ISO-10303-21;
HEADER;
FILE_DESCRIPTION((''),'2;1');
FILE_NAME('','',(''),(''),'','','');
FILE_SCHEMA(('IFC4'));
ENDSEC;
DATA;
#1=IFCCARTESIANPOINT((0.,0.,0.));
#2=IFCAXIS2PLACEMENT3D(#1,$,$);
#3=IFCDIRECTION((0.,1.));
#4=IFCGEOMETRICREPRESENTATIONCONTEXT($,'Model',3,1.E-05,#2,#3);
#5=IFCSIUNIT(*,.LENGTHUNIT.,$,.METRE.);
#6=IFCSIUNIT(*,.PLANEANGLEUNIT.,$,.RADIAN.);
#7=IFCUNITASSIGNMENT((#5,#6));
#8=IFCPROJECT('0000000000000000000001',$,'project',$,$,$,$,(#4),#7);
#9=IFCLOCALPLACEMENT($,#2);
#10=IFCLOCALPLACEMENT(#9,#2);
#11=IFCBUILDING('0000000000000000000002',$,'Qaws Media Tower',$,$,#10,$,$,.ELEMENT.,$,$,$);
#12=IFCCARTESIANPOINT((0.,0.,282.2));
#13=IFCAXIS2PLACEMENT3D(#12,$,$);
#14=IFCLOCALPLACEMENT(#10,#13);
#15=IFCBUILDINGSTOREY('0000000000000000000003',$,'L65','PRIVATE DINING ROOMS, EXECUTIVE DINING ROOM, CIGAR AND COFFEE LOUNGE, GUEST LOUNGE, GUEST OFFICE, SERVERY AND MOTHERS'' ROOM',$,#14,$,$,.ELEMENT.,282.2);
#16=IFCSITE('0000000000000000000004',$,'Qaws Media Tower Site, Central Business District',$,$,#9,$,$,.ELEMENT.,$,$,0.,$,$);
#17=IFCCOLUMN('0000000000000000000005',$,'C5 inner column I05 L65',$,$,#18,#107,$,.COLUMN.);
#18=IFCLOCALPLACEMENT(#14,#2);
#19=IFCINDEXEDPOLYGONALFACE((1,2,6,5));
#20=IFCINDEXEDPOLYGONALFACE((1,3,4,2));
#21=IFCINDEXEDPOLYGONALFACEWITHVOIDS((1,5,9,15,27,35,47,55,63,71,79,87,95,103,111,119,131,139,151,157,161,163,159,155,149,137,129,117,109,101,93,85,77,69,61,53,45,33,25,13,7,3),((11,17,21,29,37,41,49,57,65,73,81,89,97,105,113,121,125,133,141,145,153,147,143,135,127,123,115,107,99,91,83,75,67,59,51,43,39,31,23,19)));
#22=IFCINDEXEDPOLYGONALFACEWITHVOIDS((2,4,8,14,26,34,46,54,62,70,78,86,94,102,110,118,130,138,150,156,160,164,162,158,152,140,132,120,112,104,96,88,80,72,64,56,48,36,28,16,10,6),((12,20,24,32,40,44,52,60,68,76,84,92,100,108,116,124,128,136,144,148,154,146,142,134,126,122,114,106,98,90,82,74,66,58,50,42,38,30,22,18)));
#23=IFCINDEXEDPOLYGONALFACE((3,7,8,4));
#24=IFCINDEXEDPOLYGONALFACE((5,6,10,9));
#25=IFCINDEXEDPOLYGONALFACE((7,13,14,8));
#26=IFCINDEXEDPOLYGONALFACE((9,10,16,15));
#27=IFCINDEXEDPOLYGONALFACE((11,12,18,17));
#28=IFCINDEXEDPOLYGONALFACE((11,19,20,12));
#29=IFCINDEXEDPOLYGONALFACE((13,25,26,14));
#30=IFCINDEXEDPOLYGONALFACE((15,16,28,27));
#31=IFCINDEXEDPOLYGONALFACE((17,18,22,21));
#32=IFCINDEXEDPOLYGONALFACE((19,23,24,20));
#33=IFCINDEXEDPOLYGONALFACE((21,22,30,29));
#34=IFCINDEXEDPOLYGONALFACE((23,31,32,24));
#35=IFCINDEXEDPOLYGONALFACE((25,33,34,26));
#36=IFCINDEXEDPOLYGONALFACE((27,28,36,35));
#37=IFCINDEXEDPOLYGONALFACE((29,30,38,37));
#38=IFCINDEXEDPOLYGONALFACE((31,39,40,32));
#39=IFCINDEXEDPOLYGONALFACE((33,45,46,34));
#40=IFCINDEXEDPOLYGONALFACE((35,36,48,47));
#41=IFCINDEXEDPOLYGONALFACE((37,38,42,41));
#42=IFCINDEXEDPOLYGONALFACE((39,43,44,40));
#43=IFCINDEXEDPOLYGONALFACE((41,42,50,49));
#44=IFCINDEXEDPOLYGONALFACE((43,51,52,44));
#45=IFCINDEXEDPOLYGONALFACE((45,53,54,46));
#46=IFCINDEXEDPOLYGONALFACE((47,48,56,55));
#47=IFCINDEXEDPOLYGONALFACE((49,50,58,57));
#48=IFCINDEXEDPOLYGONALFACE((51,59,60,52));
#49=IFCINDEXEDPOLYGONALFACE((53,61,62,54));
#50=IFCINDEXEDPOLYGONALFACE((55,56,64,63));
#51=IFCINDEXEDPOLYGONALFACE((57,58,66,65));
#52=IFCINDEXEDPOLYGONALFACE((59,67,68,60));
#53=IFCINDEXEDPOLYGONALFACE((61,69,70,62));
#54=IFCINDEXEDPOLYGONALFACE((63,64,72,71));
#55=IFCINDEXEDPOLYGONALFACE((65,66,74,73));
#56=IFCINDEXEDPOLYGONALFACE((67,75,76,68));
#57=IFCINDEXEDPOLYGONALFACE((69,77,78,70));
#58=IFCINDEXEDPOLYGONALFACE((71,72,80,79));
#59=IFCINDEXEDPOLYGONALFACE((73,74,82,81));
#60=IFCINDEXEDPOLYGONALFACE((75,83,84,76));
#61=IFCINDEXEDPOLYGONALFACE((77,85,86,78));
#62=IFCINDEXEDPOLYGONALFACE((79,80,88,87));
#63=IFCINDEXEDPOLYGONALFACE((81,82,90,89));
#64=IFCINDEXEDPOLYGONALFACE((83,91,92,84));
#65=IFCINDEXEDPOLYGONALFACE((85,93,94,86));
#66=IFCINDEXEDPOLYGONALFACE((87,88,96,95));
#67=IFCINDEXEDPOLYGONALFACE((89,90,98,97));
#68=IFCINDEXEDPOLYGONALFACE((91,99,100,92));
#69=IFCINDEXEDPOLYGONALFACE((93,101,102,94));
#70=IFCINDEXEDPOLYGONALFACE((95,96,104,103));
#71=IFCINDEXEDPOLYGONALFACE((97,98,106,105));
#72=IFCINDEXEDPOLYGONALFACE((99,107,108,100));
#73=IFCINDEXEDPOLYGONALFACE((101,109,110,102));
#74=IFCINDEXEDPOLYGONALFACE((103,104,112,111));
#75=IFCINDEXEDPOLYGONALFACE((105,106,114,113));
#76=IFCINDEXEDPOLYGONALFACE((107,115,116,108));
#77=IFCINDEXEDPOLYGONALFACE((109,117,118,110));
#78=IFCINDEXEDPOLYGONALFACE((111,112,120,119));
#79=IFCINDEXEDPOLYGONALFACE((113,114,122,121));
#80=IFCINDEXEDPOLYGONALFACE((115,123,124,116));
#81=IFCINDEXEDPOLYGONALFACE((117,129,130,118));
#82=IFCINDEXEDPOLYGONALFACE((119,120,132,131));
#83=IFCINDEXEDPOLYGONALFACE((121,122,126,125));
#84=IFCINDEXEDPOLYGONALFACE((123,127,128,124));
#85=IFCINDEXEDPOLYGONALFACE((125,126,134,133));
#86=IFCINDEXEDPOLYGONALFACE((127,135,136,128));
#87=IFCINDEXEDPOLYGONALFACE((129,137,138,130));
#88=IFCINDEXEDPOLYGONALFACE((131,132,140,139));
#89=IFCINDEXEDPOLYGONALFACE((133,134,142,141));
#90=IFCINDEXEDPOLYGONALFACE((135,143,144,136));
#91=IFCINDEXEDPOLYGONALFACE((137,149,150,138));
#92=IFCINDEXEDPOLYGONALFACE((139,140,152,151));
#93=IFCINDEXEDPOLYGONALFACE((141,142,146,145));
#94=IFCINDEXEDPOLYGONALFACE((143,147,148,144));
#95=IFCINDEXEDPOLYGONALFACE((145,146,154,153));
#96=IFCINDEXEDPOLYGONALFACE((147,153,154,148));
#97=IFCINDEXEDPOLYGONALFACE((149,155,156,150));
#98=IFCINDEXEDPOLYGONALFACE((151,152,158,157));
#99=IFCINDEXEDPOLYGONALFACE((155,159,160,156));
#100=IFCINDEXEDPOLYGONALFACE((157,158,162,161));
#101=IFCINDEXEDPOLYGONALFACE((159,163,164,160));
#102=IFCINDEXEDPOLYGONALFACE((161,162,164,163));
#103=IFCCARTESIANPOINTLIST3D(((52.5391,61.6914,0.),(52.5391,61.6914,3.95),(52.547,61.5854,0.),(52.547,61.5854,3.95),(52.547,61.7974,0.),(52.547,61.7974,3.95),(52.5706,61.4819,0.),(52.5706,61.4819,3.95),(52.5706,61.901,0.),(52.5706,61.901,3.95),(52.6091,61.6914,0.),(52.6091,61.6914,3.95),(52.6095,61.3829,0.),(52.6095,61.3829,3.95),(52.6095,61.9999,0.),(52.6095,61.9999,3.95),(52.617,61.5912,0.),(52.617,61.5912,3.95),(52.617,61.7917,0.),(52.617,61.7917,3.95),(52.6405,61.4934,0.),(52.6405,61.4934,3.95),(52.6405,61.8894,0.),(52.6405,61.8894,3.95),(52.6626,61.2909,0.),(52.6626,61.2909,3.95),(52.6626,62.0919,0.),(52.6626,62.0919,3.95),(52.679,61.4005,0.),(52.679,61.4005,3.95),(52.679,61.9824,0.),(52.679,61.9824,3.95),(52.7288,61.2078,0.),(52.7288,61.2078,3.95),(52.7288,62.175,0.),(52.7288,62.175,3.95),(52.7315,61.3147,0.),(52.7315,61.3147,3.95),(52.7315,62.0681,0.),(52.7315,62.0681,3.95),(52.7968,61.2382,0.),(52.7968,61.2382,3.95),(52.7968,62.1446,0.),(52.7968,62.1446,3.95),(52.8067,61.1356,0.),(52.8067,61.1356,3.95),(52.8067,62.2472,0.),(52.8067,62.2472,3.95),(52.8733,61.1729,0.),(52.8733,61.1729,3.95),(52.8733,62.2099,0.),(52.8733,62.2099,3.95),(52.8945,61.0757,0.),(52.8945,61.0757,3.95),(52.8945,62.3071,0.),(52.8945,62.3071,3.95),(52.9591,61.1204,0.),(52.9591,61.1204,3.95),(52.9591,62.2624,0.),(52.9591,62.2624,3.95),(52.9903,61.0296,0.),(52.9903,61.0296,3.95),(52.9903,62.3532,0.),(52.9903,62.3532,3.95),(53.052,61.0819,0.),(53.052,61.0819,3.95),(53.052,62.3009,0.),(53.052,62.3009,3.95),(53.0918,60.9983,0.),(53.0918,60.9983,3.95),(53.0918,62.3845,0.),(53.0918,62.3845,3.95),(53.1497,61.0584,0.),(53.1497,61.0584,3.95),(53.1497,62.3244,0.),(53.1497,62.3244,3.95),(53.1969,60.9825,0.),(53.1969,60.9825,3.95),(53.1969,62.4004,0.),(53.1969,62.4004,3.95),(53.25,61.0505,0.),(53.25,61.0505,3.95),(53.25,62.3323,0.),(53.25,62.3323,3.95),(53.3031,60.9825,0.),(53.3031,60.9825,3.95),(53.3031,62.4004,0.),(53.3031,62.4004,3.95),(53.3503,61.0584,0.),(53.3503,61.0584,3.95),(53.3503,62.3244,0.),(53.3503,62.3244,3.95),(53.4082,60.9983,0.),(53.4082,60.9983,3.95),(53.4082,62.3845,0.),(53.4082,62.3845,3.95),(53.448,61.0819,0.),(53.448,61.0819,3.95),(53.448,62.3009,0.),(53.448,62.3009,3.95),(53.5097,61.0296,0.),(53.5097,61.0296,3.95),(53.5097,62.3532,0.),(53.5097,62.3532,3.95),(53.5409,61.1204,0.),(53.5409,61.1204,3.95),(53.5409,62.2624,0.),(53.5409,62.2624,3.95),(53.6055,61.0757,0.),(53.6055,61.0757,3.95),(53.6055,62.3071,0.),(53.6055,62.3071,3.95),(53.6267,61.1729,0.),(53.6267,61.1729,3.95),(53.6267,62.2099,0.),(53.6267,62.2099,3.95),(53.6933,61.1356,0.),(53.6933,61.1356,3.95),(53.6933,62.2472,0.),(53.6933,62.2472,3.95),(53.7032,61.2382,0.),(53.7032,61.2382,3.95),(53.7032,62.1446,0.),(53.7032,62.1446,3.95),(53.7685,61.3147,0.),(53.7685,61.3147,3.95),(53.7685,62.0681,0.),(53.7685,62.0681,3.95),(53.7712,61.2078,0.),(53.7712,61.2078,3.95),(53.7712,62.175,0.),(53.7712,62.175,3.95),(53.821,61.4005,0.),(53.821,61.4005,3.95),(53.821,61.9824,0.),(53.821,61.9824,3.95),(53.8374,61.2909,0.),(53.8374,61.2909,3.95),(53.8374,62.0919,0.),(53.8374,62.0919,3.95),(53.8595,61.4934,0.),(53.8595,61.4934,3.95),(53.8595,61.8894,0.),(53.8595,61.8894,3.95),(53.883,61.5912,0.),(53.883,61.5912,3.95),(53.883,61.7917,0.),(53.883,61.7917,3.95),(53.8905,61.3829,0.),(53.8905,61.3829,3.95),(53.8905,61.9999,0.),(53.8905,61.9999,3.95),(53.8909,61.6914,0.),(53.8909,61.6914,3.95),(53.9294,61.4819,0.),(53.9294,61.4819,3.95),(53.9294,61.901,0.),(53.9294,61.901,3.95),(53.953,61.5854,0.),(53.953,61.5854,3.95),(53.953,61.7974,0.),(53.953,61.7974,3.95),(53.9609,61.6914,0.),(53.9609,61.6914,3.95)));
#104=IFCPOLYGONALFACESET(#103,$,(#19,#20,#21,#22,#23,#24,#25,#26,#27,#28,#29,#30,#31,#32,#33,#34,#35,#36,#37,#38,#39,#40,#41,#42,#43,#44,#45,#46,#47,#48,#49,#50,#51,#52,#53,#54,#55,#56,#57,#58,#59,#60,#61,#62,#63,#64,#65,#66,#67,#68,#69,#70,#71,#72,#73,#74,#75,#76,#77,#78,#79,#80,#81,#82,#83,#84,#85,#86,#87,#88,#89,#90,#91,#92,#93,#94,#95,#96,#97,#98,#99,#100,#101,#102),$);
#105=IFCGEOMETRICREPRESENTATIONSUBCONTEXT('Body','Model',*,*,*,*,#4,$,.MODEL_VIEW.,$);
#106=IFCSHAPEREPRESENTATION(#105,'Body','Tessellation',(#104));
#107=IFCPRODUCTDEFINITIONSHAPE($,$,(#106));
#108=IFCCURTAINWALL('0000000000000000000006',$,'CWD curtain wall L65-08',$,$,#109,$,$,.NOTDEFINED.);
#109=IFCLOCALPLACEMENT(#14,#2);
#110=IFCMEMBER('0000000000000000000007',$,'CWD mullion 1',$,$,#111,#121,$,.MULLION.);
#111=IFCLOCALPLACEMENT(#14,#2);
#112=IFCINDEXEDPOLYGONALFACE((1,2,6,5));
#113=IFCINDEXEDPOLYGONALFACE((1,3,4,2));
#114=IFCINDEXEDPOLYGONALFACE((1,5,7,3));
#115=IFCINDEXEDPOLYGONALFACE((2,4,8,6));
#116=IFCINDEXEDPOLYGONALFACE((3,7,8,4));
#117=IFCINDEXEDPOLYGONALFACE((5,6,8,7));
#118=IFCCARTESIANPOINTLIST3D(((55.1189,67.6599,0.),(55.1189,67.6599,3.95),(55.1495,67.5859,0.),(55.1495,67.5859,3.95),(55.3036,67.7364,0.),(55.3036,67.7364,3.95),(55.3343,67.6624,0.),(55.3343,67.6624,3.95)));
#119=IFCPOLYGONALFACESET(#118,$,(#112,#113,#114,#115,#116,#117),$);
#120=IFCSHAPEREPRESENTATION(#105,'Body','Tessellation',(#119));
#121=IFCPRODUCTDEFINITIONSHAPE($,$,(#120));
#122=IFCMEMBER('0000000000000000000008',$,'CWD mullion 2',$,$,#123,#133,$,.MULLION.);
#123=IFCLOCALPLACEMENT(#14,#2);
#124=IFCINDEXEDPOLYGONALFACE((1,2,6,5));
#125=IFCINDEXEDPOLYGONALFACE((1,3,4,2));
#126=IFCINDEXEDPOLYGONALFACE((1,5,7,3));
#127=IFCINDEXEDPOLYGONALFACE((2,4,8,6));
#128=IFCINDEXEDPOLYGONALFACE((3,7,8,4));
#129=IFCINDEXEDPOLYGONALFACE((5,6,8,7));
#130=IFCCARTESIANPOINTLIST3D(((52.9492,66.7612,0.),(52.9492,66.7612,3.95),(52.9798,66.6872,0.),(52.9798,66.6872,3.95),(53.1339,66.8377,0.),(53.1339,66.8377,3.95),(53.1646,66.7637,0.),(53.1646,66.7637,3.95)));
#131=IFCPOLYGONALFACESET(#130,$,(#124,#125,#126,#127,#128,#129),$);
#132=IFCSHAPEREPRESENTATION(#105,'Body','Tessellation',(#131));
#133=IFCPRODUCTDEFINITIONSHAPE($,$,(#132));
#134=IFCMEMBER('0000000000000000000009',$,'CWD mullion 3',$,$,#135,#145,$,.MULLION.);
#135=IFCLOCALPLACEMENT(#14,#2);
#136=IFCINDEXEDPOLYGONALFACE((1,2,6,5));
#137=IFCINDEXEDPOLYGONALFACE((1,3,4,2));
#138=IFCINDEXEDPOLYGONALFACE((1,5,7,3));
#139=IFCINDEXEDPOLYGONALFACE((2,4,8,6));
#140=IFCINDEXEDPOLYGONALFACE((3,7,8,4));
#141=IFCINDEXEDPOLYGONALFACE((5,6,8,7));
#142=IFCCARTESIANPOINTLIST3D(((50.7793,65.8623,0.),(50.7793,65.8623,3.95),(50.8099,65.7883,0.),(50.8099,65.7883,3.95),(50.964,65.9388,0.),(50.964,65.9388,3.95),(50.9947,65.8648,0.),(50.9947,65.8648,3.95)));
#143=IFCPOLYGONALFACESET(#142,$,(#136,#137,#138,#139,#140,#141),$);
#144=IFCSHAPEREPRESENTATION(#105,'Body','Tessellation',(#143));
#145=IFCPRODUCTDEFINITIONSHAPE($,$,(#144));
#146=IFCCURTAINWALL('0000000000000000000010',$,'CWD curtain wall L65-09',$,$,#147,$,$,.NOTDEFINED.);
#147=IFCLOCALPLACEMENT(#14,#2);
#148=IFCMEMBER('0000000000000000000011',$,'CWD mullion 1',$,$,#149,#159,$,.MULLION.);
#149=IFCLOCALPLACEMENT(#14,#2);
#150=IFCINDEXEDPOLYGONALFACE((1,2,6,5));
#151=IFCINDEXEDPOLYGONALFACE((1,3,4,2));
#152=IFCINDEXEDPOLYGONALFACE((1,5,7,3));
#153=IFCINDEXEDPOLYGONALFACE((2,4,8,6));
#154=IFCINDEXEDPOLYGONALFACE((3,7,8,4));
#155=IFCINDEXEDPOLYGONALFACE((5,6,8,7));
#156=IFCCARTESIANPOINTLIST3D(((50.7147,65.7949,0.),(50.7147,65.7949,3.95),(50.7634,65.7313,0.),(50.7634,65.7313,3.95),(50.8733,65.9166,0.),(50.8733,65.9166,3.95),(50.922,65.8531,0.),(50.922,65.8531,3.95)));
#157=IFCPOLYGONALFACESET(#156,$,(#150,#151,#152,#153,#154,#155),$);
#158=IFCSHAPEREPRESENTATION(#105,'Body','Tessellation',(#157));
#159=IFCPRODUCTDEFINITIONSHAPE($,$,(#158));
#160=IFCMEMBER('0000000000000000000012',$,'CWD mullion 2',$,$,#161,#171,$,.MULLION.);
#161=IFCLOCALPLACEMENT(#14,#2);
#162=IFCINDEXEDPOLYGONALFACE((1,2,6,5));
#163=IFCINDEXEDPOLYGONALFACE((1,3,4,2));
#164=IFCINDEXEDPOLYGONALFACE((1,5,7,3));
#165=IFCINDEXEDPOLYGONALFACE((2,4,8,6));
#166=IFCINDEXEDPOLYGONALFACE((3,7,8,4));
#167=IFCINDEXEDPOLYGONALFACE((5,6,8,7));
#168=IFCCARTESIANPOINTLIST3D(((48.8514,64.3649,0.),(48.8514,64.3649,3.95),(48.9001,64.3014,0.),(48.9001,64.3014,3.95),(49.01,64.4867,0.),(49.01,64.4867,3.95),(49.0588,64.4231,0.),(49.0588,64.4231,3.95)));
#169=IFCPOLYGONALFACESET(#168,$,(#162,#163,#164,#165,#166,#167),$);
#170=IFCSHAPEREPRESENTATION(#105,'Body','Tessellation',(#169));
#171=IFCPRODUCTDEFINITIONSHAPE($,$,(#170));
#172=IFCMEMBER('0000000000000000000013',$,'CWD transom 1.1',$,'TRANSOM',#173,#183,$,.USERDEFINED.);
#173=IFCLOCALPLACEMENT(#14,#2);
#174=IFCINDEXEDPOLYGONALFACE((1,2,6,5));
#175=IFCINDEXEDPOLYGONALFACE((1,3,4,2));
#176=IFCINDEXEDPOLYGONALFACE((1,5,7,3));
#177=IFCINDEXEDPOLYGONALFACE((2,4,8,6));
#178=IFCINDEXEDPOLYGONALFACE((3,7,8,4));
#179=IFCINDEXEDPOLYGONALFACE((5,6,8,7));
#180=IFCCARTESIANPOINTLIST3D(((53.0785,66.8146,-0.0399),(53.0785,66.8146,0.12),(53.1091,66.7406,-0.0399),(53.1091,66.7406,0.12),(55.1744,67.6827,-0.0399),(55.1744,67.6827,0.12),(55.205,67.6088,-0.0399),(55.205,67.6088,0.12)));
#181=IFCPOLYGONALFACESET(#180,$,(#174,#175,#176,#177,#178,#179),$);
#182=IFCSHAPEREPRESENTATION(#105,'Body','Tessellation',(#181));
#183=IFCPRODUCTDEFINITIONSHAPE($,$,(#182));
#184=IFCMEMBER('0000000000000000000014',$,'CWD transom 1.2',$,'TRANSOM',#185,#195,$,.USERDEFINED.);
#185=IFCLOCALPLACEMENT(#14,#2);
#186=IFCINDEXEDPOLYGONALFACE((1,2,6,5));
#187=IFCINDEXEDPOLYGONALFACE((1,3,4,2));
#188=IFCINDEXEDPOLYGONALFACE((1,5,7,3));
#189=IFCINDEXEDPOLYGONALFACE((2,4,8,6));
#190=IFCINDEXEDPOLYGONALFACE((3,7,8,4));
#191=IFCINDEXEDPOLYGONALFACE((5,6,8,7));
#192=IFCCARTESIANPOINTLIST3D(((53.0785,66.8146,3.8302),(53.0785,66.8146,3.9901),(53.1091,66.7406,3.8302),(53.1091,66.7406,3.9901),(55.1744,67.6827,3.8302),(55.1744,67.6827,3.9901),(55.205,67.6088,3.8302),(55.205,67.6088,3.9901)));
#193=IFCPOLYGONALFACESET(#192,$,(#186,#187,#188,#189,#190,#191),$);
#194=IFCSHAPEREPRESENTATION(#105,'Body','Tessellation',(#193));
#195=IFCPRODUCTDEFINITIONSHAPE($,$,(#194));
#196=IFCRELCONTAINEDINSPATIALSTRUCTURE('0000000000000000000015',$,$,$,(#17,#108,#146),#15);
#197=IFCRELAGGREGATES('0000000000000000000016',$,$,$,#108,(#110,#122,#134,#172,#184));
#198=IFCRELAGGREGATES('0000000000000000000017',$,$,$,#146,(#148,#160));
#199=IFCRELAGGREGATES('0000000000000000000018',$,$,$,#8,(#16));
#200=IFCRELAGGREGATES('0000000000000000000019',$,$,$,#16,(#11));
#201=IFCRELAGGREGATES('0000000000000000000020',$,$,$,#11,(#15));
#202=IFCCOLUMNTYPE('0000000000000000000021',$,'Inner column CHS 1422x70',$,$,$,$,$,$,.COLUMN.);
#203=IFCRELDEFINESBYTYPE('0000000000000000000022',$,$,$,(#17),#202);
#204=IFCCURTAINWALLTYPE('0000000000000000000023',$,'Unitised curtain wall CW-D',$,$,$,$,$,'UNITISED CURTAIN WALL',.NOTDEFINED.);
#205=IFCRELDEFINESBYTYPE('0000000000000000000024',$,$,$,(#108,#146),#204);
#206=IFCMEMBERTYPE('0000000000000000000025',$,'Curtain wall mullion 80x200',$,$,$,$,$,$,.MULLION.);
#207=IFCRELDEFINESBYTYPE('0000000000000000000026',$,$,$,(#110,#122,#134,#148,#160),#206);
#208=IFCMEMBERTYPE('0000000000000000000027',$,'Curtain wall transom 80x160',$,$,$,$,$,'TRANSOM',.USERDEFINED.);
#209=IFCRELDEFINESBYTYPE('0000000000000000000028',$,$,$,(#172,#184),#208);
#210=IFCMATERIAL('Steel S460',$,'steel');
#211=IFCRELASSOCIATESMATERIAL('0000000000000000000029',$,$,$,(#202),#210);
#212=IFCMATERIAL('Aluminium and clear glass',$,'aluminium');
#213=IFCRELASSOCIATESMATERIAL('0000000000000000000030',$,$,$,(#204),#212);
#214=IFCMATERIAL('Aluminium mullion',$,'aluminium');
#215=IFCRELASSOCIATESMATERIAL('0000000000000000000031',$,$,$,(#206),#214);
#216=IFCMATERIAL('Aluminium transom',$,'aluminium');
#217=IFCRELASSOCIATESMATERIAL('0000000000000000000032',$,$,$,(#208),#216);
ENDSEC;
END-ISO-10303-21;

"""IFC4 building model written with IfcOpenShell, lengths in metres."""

from ifc_helpers import new_model, si_unit, direction, frame, origin, origin_2d, place, context, subcontext, project, spatial, rectangle, hollow_circle, extrude, material, material_profile, profile_set, type_object, element, aggregate, save


model = new_model("IFC4")

# Units and contexts
model_context = context("Model", 3, precision=1e-05, world=origin(), true_north=direction((0.0, 1.0)))
body_context = subcontext(model_context, "Body", "Model", "MODEL_VIEW")
ifc_project = project(units=[si_unit("LENGTHUNIT", "METRE"), si_unit("PLANEANGLEUNIT", "RADIAN")], contexts=[model_context])

# Site, building, storey
site_placement = place(None, origin())
site = spatial("IfcSite", under=ifc_project, at=site_placement, Name="Qaws Media Tower Site, Central Business District", CompositionType="ELEMENT", RefElevation=0.0)
building_placement = place(site_placement, origin())
building = spatial("IfcBuilding", under=site, at=building_placement, Name="Qaws Media Tower", CompositionType="ELEMENT")
storey_placement = place(building_placement, frame((0.0, 0.0, 282.2)))
storey = spatial("IfcBuildingStorey", under=building, at=storey_placement, Name="L65", Description="PRIVATE DINING ROOMS, EXECUTIVE DINING ROOM, CIGAR AND COFFEE LOUNGE, GUEST LOUNGE, GUEST OFFICE, SERVERY AND MOTHERS' ROOM", CompositionType="ELEMENT", Elevation=282.2)

# Column
ifc_material_1 = material(Name="Steel S460", Category="steel")
ifc_material_profile_1 = material_profile(ifc_material_1, hollow_circle(Radius=0.7109, WallThickness=0.0701, at=origin_2d()), Name="CHS 1422x70")
ifc_profile_set_1 = profile_set([ifc_material_profile_1], Name="Steel S460")
column_type = type_object("IfcColumnType", Name="Inner column CHS 1422x70", PredefinedType="COLUMN", material=ifc_profile_set_1)
column_placement = place(storey_placement, frame((53.25, 61.6914, 0.0), z_axis=(0.0, 0.0, 1.0), x_axis=(1.0, 0.0, 0.0)))
element("IfcColumn", 1, at=column_placement, inside=storey, type_object=column_type, Name="C5 inner column I05 L65", PredefinedType="COLUMN", context=body_context, shape_type="SweptSolid", body=[
    extrude(hollow_circle(Radius=0.7109, WallThickness=0.0701, at=origin_2d()), origin(), (0.0, 0.0, 1.0), 3.95),
])

# Curtain walls, members
ifc_material_2 = material(Name="Aluminium and clear glass", Category="aluminium")
curtain_wall_type = type_object("IfcCurtainWallType", Name="Unitised curtain wall CW-D", ElementType="UNITISED CURTAIN WALL", PredefinedType="NOTDEFINED", material=ifc_material_2)
curtain_wall_1_placement = place(storey_placement, origin())
curtain_wall_1 = element("IfcCurtainWall", 2, at=curtain_wall_1_placement, inside=storey, type_object=curtain_wall_type, Name="CWD curtain wall L65-08", PredefinedType="NOTDEFINED")
ifc_material_3 = material(Name="Aluminium mullion", Category="aluminium")
ifc_material_profile_2 = material_profile(ifc_material_3, rectangle(XDim=0.0801, YDim=0.2, at=origin_2d()), Name="80x200")
ifc_profile_set_2 = profile_set([ifc_material_profile_2], Name="Aluminium mullion")
member_type_1 = type_object("IfcMemberType", Name="Curtain wall mullion 80x200", PredefinedType="MULLION", material=ifc_profile_set_2)
member_1_placement = place(storey_placement, frame((55.2266, 67.6611, 0.0), z_axis=(0.0, 0.0, 1.0), x_axis=(0.382684, -0.923879, 0.0)))
member_1 = element("IfcMember", 3, at=member_1_placement, type_object=member_type_1, Name="CWD mullion 1", PredefinedType="MULLION", context=body_context, shape_type="SweptSolid", body=[
    extrude(rectangle(XDim=0.0801, YDim=0.2, at=origin_2d()), origin(), (0.0, 0.0, 1.0), 3.95),
])
member_2_placement = place(storey_placement, frame((53.0569, 66.7625, 0.0), z_axis=(0.0, 0.0, 1.0), x_axis=(0.382684, -0.923879, 0.0)))
member_2 = element("IfcMember", 4, at=member_2_placement, type_object=member_type_1, Name="CWD mullion 2", PredefinedType="MULLION", context=body_context, shape_type="SweptSolid", body=[
    extrude(rectangle(XDim=0.0801, YDim=0.2, at=origin_2d()), origin(), (0.0, 0.0, 1.0), 3.95),
])
member_3_placement = place(storey_placement, frame((50.887, 65.8635, 0.0), z_axis=(0.0, 0.0, 1.0), x_axis=(0.382684, -0.923879, 0.0)))
member_3 = element("IfcMember", 5, at=member_3_placement, type_object=member_type_1, Name="CWD mullion 3", PredefinedType="MULLION", context=body_context, shape_type="SweptSolid", body=[
    extrude(rectangle(XDim=0.0801, YDim=0.2, at=origin_2d()), origin(), (0.0, 0.0, 1.0), 3.95),
])
curtain_wall_2_placement = place(storey_placement, origin())
curtain_wall_2 = element("IfcCurtainWall", 6, at=curtain_wall_2_placement, inside=storey, type_object=curtain_wall_type, Name="CWD curtain wall L65-09", PredefinedType="NOTDEFINED")
member_4_placement = place(storey_placement, frame((50.8184, 65.824, 0.0), z_axis=(0.0, 0.0, 1.0), x_axis=(0.608761, -0.793353, 0.0)))
member_4 = element("IfcMember", 7, at=member_4_placement, type_object=member_type_1, Name="CWD mullion 1", PredefinedType="MULLION", context=body_context, shape_type="SweptSolid", body=[
    extrude(rectangle(XDim=0.0801, YDim=0.2, at=origin_2d()), origin(), (0.0, 0.0, 1.0), 3.95),
])
member_5_placement = place(storey_placement, frame((48.9551, 64.394, 0.0), z_axis=(0.0, 0.0, 1.0), x_axis=(0.608761, -0.793353, 0.0)))
member_5 = element("IfcMember", 8, at=member_5_placement, type_object=member_type_1, Name="CWD mullion 2", PredefinedType="MULLION", context=body_context, shape_type="SweptSolid", body=[
    extrude(rectangle(XDim=0.0801, YDim=0.2, at=origin_2d()), origin(), (0.0, 0.0, 1.0), 3.95),
])

# Members
ifc_material_4 = material(Name="Aluminium transom", Category="aluminium")
ifc_material_profile_3 = material_profile(ifc_material_4, rectangle(XDim=0.0801, YDim=0.1599, at=origin_2d()), Name="80x160")
ifc_profile_set_3 = profile_set([ifc_material_profile_3], Name="Aluminium transom")
member_type_2 = type_object("IfcMemberType", Name="Curtain wall transom 80x160", ElementType="TRANSOM", PredefinedType="USERDEFINED", material=ifc_profile_set_3)
member_6_placement = place(storey_placement, frame((55.1897, 67.6458, 0.04), z_axis=(-0.92388, -0.382681, 0.0), x_axis=(0.382681, -0.92388, 0.0)))
member_6 = element("IfcMember", 9, at=member_6_placement, type_object=member_type_2, Name="CWD transom 1.1", ObjectType="TRANSOM", PredefinedType="USERDEFINED", context=body_context, shape_type="SweptSolid", body=[
    extrude(rectangle(XDim=0.0801, YDim=0.1599, at=origin_2d()), origin(), (0.0, 0.0, 1.0), 2.2686),
])
member_7_placement = place(storey_placement, frame((55.1897, 67.6458, 3.9102), z_axis=(-0.92388, -0.382681, 0.0), x_axis=(0.382681, -0.92388, 0.0)))
member_7 = element("IfcMember", 10, at=member_7_placement, type_object=member_type_2, Name="CWD transom 1.2", ObjectType="TRANSOM", PredefinedType="USERDEFINED", context=body_context, shape_type="SweptSolid", body=[
    extrude(rectangle(XDim=0.0801, YDim=0.1599, at=origin_2d()), origin(), (0.0, 0.0, 1.0), 2.2686),
])

aggregate(curtain_wall_1, [member_1, member_2, member_3, member_6, member_7])
aggregate(curtain_wall_2, [member_4, member_5])

save(model, "model.ifc")
